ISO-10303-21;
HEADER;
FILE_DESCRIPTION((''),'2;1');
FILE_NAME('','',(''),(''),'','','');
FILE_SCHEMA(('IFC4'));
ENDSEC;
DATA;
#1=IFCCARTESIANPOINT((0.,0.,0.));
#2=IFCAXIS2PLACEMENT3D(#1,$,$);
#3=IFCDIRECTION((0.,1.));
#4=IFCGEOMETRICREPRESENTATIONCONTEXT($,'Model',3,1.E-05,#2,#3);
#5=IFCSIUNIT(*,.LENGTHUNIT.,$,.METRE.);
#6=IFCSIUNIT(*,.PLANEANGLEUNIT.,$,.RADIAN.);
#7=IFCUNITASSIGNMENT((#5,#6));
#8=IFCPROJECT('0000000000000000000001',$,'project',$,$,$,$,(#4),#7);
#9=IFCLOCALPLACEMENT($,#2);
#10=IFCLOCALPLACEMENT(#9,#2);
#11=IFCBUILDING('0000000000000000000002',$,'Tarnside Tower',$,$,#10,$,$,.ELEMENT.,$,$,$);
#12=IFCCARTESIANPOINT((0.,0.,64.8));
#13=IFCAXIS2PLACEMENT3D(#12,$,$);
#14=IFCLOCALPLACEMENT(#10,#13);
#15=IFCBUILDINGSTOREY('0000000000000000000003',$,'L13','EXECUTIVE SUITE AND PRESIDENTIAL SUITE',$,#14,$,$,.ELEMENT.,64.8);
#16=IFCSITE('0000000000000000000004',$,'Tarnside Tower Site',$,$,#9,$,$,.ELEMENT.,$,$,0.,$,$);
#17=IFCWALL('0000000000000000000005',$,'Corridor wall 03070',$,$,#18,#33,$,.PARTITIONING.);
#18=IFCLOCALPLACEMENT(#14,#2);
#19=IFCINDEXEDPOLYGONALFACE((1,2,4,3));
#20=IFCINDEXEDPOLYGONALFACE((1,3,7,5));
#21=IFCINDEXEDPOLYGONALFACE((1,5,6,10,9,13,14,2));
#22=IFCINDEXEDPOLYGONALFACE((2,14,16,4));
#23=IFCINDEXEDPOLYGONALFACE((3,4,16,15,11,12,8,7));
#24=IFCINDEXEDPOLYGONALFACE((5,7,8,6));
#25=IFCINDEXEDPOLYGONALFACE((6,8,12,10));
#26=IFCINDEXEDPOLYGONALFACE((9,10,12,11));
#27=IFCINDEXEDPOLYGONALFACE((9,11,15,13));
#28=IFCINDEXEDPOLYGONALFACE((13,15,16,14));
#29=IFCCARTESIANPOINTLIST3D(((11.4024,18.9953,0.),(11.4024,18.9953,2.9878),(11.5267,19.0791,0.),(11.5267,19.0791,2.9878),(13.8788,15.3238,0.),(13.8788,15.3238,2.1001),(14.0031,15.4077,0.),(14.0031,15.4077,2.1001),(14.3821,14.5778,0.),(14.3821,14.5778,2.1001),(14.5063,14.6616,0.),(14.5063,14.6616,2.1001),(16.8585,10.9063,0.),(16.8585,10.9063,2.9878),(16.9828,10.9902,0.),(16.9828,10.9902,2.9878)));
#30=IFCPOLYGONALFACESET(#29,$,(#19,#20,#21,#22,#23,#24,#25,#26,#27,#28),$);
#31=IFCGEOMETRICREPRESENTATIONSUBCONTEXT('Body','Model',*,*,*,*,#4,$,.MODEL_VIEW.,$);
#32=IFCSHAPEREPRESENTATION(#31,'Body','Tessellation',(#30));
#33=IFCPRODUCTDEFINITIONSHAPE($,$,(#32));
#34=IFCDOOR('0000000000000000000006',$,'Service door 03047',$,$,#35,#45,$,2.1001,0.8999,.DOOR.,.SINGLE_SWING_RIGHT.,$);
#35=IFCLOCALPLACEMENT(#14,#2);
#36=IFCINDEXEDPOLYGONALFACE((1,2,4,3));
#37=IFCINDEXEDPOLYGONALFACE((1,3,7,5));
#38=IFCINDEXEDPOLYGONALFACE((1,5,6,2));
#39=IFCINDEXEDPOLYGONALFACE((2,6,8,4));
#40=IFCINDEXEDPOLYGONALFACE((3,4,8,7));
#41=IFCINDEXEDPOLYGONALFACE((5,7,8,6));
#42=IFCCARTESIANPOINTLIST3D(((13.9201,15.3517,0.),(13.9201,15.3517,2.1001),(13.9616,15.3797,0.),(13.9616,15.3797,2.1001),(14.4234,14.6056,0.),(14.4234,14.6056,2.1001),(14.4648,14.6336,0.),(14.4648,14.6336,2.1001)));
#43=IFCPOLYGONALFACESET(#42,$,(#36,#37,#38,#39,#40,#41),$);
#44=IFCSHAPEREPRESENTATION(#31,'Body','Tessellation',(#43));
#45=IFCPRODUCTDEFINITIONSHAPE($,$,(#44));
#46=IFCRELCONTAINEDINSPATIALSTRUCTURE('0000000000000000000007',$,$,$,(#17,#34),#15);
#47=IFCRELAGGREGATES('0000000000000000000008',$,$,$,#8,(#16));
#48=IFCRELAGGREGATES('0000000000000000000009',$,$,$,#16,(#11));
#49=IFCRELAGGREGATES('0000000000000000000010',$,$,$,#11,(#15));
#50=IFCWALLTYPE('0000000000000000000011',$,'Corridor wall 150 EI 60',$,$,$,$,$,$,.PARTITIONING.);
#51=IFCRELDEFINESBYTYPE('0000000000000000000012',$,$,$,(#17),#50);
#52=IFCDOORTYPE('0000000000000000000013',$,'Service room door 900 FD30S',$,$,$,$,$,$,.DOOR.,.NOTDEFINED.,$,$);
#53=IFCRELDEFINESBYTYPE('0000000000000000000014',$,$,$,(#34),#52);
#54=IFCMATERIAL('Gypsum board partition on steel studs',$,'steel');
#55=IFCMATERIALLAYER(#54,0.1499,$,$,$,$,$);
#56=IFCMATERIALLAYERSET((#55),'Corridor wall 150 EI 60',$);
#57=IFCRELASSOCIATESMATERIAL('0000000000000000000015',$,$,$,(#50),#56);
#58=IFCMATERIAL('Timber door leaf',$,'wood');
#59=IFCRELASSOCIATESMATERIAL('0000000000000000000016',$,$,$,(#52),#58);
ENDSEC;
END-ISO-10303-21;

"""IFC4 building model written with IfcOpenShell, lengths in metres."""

from ifc_helpers import new_model, si_unit, direction, frame, frame_2d, origin, place, context, subcontext, project, spatial, rectangle, extrude, material, layer, layer_set, type_object, element, fill, save


model = new_model("IFC4")

# Units and contexts
model_context = context("Model", 3, precision=1e-05, world=origin(), true_north=direction((0.0, 1.0)))
body_context = subcontext(model_context, "Body", "Model", "MODEL_VIEW")
ifc_project = project(units=[si_unit("LENGTHUNIT", "METRE"), si_unit("PLANEANGLEUNIT", "RADIAN")], contexts=[model_context])

# Site, building, storey
site_placement = place(None, origin())
site = spatial("IfcSite", under=ifc_project, at=site_placement, Name="Tarnside Tower Site", CompositionType="ELEMENT", RefElevation=0.0)
building_placement = place(site_placement, origin())
building = spatial("IfcBuilding", under=site, at=building_placement, Name="Tarnside Tower", CompositionType="ELEMENT")
storey_placement = place(building_placement, frame((0.0, 0.0, 64.8)))
storey = spatial("IfcBuildingStorey", under=building, at=storey_placement, Name="L13", Description="EXECUTIVE SUITE AND PRESIDENTIAL SUITE", CompositionType="ELEMENT", Elevation=64.8)

# Shared definitions
ifc_material_1 = material(Name="Gypsum board partition on steel studs", Category="steel")
ifc_layer_1 = layer(ifc_material_1, 0.1499)
ifc_layer_set_1 = layer_set([ifc_layer_1], Name="Corridor wall 150 EI 60")
wall_type_1 = type_object("IfcWallType", Name="Corridor wall 150 EI 60", PredefinedType="PARTITIONING", material=ifc_layer_set_1)

# Shared definitions
ifc_material_2 = material(Name="Timber door leaf", Category="wood")

# Shared definitions
door_type_1 = type_object("IfcDoorType", Name="Service room door 900 FD30S", OperationType="NOTDEFINED", PredefinedType="DOOR", material=ifc_material_2)

# Wall, opening, door
wall_1_placement = place(storey_placement, frame((11.4646, 19.0371, 0.0), z_axis=(0.0, 0.0, 1.0), x_axis=(0.559196, -0.829035, 0.0)))
wall_1 = element("IfcWall", 1, at=wall_1_placement, inside=storey, type_object=wall_type_1, Name="Corridor wall 03070", PredefinedType="PARTITIONING", context=body_context, shape_type="SweptSolid", body=[
    extrude(rectangle(XDim=9.7571, YDim=0.1499, at=frame_2d((4.8784, 0.0))), origin(), (0.0, 0.0, 1.0), 2.9878),
])
opening_1_placement = place(wall_1_placement, frame((4.4285, 0.0, 0.0)))
opening_1 = element("IfcOpeningElement", 2, at=opening_1_placement, cuts=wall_1, PredefinedType="OPENING", context=body_context, shape_type="SweptSolid", body=[
    extrude(rectangle(XDim=0.8999, YDim=2.1001, at=frame_2d((0.45, 1.05))), frame((0.0, 0.085, 0.0), z_axis=(0.0, -1.0, 0.0), x_axis=(1.0, 0.0, 0.0)), (0.0, 0.0, 1.0), 0.1699),
])
door_1_placement = place(opening_1_placement, origin())
door_1 = element("IfcDoor", 3, at=door_1_placement, inside=storey, type_object=door_type_1, Name="Service door 03047", OperationType="SINGLE_SWING_RIGHT", OverallHeight=2.1001, OverallWidth=0.8999, PredefinedType="DOOR", context=body_context, shape_type="SweptSolid", body=[
    extrude(rectangle(XDim=0.8999, YDim=2.1001, at=frame_2d((0.45, 1.05))), frame((0.0, 0.0249, 0.0), z_axis=(0.0, -1.0, 0.0), x_axis=(1.0, 0.0, 0.0)), (0.0, 0.0, 1.0), 0.05),
])
fill(opening_1, door_1)

save(model, "model.ifc")
